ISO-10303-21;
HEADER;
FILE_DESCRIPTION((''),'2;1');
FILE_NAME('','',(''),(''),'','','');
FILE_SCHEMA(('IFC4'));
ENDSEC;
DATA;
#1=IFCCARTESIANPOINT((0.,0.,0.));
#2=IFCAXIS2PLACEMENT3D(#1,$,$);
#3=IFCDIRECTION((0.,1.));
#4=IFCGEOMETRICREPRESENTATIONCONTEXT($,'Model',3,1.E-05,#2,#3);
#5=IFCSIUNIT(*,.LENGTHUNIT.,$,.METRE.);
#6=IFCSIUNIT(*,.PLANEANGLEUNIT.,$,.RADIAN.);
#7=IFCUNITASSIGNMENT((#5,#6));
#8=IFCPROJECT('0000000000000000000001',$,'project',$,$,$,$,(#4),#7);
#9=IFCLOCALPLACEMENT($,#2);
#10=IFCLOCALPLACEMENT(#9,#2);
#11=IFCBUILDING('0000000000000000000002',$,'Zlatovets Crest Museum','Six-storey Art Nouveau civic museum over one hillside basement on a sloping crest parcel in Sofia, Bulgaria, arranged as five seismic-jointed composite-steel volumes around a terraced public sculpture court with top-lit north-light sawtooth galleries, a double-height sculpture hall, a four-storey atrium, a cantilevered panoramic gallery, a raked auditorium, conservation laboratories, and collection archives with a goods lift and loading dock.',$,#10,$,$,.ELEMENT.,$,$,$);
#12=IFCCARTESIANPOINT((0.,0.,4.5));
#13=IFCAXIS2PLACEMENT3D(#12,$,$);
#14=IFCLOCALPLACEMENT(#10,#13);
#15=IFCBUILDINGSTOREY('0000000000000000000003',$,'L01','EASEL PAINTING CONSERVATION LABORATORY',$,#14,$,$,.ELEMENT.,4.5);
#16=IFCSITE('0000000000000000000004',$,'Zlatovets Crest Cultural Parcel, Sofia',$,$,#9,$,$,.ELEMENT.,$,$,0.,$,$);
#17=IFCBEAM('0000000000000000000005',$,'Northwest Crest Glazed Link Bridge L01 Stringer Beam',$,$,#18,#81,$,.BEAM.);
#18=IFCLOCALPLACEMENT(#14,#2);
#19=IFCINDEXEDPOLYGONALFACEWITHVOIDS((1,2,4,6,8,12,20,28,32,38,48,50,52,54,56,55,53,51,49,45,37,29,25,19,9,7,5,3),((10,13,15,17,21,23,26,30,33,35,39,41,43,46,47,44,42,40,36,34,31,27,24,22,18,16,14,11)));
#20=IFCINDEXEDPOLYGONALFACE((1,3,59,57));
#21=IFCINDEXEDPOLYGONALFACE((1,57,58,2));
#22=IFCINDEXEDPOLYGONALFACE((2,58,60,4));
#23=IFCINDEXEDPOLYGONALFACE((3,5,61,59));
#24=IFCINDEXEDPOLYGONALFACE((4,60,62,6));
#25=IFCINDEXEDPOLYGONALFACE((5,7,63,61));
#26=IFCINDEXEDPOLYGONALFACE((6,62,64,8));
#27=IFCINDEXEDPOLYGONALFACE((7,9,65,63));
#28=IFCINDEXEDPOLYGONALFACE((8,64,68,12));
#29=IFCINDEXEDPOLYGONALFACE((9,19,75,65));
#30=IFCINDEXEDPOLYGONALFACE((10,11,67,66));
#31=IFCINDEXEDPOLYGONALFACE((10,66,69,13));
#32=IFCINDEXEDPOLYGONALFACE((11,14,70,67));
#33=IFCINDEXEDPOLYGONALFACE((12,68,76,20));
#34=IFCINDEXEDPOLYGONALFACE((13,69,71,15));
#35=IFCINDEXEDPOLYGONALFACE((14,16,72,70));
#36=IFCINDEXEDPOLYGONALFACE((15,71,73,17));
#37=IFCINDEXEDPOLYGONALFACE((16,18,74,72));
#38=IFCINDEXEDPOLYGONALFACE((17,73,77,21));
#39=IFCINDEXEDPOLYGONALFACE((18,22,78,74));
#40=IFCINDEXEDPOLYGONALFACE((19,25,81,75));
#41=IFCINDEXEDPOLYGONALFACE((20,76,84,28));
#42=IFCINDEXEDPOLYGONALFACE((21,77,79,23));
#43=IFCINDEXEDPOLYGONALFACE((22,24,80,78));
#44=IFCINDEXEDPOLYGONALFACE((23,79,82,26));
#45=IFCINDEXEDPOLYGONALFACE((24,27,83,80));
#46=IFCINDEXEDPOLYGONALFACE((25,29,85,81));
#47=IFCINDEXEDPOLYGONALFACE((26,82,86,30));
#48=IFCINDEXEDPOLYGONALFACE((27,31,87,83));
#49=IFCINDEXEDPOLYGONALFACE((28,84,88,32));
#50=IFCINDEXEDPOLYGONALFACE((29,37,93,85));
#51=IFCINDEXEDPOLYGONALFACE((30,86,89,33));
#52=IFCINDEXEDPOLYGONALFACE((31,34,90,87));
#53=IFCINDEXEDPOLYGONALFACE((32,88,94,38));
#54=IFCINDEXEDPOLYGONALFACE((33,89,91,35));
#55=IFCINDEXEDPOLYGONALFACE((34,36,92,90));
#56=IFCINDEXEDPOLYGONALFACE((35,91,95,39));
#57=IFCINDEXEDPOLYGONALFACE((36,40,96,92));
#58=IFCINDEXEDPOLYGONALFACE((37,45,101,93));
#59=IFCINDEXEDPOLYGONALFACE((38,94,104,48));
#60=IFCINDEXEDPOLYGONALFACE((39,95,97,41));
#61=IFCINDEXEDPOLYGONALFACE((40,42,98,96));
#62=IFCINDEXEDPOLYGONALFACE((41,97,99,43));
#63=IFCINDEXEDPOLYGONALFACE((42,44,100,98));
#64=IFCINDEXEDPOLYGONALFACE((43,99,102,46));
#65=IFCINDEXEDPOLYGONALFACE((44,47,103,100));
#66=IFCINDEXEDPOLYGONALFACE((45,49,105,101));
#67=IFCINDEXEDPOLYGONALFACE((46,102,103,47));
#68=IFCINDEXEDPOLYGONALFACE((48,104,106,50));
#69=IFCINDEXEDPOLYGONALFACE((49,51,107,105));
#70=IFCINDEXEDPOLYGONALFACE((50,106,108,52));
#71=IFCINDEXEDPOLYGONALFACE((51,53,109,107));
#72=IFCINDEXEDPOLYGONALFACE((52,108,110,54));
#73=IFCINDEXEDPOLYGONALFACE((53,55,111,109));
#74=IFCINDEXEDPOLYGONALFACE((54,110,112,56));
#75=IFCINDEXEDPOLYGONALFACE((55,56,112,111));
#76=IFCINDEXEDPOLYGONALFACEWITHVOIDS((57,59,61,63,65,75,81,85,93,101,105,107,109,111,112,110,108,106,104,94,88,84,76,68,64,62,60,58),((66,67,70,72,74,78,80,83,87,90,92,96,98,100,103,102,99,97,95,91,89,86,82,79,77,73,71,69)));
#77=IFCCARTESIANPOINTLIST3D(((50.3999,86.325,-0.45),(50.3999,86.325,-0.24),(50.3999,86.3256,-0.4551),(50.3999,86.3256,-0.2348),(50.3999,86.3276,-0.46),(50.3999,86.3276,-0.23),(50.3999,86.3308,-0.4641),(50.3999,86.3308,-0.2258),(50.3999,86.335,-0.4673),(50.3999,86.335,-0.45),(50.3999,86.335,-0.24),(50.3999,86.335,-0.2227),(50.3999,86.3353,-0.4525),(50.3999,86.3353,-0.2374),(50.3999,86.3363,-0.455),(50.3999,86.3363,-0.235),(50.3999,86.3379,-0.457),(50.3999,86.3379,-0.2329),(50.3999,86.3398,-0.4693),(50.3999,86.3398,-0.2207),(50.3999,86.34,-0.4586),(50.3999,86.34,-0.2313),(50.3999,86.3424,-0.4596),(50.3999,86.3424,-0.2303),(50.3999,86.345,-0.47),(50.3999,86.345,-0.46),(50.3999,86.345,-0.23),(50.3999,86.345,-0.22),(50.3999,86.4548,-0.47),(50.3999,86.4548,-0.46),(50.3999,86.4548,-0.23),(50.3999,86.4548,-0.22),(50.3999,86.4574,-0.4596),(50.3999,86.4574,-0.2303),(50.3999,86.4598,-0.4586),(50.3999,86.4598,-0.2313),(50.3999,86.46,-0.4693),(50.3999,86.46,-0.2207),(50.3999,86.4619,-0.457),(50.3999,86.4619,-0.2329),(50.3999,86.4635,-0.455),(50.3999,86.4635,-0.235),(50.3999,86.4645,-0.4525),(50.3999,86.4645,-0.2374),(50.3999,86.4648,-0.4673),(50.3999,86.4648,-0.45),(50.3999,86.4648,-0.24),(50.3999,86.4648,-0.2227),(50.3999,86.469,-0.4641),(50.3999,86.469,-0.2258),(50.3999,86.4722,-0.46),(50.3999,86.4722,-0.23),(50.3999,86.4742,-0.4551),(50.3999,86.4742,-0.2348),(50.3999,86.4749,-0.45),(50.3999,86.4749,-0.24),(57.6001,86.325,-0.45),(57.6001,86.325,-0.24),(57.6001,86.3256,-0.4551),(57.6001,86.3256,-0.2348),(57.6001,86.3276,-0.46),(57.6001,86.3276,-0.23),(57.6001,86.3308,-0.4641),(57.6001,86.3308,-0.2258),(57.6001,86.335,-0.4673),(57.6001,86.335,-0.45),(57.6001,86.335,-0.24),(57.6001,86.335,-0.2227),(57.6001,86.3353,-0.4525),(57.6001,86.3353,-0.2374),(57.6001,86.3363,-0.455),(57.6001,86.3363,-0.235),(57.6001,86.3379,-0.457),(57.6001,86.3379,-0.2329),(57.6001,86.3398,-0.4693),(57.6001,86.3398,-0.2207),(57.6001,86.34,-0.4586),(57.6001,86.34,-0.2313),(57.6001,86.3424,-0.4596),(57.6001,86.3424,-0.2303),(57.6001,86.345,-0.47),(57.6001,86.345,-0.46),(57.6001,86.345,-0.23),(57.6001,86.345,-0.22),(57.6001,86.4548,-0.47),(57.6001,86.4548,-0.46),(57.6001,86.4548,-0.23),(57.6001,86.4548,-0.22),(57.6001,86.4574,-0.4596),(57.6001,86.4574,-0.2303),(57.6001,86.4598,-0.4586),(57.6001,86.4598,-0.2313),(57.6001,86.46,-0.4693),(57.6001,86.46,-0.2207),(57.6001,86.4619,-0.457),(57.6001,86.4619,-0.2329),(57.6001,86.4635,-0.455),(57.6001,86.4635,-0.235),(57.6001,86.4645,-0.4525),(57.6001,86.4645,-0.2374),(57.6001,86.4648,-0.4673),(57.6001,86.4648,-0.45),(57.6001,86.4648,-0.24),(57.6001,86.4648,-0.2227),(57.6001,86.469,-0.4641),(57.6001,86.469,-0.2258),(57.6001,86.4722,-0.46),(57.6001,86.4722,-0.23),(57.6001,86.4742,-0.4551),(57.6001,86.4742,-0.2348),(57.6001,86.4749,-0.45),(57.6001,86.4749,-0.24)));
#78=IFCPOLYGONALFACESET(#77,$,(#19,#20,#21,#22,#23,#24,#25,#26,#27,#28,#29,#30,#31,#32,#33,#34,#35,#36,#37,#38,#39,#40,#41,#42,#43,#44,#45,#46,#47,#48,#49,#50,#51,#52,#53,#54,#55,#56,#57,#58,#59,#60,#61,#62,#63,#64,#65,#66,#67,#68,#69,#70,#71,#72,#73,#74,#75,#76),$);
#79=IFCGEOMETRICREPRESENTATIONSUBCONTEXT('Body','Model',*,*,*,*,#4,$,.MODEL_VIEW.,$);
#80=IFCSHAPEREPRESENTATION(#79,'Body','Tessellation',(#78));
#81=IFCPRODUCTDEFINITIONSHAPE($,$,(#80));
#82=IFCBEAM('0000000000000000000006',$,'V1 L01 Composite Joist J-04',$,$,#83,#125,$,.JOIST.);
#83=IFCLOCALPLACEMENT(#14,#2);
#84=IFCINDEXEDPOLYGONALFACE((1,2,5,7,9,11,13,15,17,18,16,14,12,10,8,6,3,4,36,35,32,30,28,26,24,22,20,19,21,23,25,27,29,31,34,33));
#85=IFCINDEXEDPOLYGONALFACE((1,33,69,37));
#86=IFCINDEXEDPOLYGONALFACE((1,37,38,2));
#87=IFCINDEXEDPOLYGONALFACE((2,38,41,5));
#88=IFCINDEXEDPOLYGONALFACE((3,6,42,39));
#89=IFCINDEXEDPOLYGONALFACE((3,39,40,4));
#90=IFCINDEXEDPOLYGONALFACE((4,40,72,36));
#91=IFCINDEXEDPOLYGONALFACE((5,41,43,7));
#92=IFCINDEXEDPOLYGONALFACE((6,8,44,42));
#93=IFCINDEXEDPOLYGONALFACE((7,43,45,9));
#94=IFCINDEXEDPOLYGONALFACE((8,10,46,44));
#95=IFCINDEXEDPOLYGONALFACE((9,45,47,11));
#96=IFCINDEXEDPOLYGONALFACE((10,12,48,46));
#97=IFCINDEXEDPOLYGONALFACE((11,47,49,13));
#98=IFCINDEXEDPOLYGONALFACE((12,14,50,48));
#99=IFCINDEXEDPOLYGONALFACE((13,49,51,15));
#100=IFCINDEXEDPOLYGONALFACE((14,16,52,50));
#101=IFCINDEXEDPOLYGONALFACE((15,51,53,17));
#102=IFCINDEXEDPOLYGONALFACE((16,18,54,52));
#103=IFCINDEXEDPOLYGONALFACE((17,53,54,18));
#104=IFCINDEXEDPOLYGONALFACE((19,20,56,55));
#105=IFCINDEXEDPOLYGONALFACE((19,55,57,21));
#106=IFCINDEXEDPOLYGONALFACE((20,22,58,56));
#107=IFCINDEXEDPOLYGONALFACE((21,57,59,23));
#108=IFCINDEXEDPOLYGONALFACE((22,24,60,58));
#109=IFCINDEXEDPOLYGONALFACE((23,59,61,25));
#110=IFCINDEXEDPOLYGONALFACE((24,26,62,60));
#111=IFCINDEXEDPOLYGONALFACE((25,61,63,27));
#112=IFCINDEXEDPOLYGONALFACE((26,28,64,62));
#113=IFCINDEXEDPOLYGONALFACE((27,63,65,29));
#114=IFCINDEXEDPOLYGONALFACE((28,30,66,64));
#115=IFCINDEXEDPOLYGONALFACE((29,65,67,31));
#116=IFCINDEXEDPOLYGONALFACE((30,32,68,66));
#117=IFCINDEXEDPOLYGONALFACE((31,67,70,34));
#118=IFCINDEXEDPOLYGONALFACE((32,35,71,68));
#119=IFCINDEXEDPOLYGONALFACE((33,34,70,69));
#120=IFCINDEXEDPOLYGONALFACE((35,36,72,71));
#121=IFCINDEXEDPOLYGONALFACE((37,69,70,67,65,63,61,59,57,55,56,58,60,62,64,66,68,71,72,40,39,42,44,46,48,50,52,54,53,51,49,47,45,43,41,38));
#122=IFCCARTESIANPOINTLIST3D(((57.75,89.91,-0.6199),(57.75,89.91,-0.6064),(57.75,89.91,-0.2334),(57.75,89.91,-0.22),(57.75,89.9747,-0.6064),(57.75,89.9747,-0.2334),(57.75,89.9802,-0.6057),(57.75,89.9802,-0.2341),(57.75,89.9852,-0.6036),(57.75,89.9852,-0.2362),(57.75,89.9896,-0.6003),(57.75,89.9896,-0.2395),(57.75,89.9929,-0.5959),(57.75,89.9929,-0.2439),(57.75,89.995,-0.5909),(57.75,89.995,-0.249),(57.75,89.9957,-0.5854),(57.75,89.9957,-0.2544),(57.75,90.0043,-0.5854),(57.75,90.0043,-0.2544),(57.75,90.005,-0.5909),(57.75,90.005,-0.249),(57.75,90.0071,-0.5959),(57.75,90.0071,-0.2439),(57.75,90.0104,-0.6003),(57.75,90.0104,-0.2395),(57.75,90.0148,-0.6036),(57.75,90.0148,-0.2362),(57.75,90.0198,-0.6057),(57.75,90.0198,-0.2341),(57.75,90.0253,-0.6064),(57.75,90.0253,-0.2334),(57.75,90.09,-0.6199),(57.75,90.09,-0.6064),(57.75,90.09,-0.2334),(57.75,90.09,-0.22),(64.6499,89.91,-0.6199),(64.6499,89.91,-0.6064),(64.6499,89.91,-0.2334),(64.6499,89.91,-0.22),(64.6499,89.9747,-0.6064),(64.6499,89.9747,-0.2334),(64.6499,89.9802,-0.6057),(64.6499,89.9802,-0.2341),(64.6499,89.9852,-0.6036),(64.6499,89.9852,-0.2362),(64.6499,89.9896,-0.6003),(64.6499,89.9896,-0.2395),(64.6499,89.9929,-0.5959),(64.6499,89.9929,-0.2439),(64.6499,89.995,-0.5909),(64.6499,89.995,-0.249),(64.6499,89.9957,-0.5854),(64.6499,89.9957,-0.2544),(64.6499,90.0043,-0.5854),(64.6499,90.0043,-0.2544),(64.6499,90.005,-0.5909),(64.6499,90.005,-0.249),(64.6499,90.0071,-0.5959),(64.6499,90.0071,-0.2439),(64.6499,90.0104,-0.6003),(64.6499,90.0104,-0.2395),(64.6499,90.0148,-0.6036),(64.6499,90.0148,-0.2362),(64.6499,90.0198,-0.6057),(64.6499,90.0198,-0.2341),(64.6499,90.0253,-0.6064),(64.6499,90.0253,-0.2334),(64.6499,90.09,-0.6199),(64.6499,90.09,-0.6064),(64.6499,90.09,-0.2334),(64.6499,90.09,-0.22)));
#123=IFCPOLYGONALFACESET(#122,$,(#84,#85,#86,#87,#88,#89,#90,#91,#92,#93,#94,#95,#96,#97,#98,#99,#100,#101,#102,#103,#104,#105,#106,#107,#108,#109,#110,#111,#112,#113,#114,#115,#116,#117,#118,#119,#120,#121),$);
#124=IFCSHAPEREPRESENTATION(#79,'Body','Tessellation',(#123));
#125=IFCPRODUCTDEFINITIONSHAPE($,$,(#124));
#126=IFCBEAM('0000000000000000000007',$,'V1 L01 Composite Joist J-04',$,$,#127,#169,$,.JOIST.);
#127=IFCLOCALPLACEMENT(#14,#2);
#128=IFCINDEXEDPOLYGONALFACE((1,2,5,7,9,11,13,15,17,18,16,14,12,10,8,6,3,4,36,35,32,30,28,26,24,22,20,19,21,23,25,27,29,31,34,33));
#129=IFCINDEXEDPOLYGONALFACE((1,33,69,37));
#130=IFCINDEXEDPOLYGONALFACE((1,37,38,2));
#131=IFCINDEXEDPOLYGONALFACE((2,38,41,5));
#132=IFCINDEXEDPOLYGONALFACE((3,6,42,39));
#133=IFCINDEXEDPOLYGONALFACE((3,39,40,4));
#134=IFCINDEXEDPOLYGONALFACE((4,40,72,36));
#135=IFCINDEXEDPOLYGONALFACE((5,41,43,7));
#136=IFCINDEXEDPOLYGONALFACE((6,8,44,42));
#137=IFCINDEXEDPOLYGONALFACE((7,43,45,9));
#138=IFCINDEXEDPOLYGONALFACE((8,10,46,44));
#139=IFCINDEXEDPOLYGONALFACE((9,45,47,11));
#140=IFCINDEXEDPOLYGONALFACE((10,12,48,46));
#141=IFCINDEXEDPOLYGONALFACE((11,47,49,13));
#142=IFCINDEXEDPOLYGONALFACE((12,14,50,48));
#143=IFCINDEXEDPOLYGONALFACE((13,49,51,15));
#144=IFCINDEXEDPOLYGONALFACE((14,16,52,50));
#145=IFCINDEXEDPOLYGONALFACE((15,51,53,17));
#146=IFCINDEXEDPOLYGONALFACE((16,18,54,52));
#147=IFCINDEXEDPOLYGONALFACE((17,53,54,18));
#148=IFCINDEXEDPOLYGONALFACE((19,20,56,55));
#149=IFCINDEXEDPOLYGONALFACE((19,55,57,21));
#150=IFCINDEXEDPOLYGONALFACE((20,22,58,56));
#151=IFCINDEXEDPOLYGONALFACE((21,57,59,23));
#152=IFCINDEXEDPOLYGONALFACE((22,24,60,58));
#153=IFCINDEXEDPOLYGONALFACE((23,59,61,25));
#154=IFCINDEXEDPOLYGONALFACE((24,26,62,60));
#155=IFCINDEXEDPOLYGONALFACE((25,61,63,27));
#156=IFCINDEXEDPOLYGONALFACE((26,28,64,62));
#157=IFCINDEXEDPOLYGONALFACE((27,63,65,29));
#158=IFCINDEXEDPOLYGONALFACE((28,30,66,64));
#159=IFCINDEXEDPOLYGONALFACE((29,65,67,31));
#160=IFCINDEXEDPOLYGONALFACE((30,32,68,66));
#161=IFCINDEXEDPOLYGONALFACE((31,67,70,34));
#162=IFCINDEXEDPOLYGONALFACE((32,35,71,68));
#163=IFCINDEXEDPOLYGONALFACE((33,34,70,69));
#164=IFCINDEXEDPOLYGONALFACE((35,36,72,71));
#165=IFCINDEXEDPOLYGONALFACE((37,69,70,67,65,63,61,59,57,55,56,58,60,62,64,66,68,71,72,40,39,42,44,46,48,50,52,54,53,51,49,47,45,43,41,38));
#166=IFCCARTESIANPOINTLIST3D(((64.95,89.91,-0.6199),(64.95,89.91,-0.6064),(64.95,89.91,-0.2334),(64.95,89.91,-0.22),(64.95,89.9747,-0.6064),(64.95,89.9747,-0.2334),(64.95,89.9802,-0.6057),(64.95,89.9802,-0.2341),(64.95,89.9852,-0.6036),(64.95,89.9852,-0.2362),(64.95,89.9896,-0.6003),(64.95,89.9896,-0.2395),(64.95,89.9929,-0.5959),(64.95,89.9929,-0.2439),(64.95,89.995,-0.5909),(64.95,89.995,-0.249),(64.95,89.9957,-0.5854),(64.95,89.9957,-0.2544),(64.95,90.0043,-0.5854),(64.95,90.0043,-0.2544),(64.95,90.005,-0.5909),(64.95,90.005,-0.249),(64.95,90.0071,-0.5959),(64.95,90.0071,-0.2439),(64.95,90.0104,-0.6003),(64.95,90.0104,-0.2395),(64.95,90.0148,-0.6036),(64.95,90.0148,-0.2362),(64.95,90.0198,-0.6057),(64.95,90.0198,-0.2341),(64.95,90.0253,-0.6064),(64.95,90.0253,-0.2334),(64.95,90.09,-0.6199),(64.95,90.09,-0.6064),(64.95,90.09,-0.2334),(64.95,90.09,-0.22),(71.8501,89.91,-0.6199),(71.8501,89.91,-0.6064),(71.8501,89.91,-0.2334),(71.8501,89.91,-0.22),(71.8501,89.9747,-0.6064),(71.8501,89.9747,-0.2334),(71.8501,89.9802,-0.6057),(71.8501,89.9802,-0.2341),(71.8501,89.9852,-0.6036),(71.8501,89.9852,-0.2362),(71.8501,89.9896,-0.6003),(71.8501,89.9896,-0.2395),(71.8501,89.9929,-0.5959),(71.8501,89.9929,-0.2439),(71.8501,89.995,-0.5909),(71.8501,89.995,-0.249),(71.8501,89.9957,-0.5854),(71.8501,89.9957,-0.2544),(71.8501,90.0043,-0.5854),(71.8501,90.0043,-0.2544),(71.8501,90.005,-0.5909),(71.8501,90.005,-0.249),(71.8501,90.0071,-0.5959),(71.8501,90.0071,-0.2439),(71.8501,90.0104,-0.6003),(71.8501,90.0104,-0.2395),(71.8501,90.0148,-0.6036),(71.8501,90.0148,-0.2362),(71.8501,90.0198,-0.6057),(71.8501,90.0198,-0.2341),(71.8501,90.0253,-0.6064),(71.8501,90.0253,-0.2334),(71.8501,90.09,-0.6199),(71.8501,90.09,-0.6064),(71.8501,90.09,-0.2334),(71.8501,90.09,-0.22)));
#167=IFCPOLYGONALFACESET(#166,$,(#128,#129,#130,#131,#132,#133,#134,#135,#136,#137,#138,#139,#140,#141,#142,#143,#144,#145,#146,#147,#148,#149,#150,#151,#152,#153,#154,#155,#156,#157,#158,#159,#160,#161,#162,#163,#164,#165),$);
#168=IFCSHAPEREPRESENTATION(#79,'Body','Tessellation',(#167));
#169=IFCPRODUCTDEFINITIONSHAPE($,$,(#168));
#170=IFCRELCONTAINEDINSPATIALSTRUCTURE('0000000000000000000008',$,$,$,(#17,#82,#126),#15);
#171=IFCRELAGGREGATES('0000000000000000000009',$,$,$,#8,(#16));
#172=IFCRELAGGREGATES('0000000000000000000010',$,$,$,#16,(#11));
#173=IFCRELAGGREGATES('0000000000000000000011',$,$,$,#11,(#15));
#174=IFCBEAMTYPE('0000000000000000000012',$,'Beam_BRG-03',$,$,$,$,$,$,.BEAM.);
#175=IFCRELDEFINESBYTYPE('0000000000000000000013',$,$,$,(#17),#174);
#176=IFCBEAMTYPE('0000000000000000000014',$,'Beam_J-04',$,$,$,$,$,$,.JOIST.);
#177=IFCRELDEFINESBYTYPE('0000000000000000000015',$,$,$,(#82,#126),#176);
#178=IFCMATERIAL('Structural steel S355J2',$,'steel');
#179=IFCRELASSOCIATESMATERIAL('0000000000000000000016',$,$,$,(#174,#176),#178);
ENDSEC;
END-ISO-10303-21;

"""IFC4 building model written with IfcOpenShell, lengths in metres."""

from ifc_helpers import new_model, si_unit, direction, frame, origin, origin_2d, place, context, subcontext, project, spatial, hollow_rectangle, i_section, extrude, material, material_profile, profile_set, type_object, element, save


model = new_model("IFC4")

# Units and contexts
model_context = context("Model", 3, precision=1e-05, world=origin(), true_north=direction((0.0, 1.0)))
body_context = subcontext(model_context, "Body", "Model", "MODEL_VIEW")
ifc_project = project(units=[si_unit("LENGTHUNIT", "METRE"), si_unit("PLANEANGLEUNIT", "RADIAN")], contexts=[model_context])

# Site, building, storey
site_placement = place(None, origin())
site = spatial("IfcSite", under=ifc_project, at=site_placement, Name="Zlatovets Crest Cultural Parcel, Sofia", CompositionType="ELEMENT", RefElevation=0.0)
building_placement = place(site_placement, origin())
building = spatial("IfcBuilding", under=site, at=building_placement, Name="Zlatovets Crest Museum", Description="Six-storey Art Nouveau civic museum over one hillside basement on a sloping crest parcel in Sofia, Bulgaria, arranged as five seismic-jointed composite-steel volumes around a terraced public sculpture court with top-lit north-light sawtooth galleries, a double-height sculpture hall, a four-storey atrium, a cantilevered panoramic gallery, a raked auditorium, conservation laboratories, and collection archives with a goods lift and loading dock.", CompositionType="ELEMENT")
storey_placement = place(building_placement, frame((0.0, 0.0, 4.5)))
storey = spatial("IfcBuildingStorey", under=building, at=storey_placement, Name="L01", Description="EASEL PAINTING CONSERVATION LABORATORY", CompositionType="ELEMENT", Elevation=4.5)

# Shared definitions
ifc_material_1 = material(Name="Structural steel S355J2", Category="steel")

# Beams
ifc_material_profile_1 = material_profile(ifc_material_1, hollow_rectangle(XDim=0.1499, YDim=0.25, WallThickness=0.01, InnerFilletRadius=0.01, OuterFilletRadius=0.02, at=origin_2d()), Name="RHS 150x250x10.0")
ifc_profile_set_1 = profile_set([ifc_material_profile_1], Name="Structural steel S355J2")
beam_type_1 = type_object("IfcBeamType", Name="Beam_BRG-03", PredefinedType="BEAM", material=ifc_profile_set_1)
beam_1_placement = place(storey_placement, frame((50.3999, 86.3999, -0.345), z_axis=(1.0, 0.0, 0.0), x_axis=(0.0, 1.0, 0.0)))
element("IfcBeam", 1, at=beam_1_placement, inside=storey, type_object=beam_type_1, Name="Northwest Crest Glazed Link Bridge L01 Stringer Beam", PredefinedType="BEAM", context=body_context, shape_type="SweptSolid", body=[
    extrude(hollow_rectangle(XDim=0.1499, YDim=0.25, WallThickness=0.01, InnerFilletRadius=0.01, OuterFilletRadius=0.02, at=origin_2d()), origin(), (0.0, 0.0, 1.0), 7.2002),
])
ifc_material_profile_2 = material_profile(ifc_material_1, i_section(OverallWidth=0.1799, OverallDepth=0.3999, WebThickness=0.0085, FlangeThickness=0.0134, FilletRadius=0.021, at=origin_2d()), Name="IPE 400")
ifc_profile_set_2 = profile_set([ifc_material_profile_2], Name="Structural steel S355J2")
beam_type_2 = type_object("IfcBeamType", Name="Beam_J-04", PredefinedType="JOIST", material=ifc_profile_set_2)
beam_2_placement = place(storey_placement, frame((57.75, 90.0, -0.4199), z_axis=(1.0, 0.0, 0.0), x_axis=(0.0, 1.0, 0.0)))
element("IfcBeam", 2, at=beam_2_placement, inside=storey, type_object=beam_type_2, Name="V1 L01 Composite Joist J-04", PredefinedType="JOIST", context=body_context, shape_type="SweptSolid", body=[
    extrude(i_section(OverallWidth=0.1799, OverallDepth=0.3999, WebThickness=0.0085, FlangeThickness=0.0134, FilletRadius=0.021, at=origin_2d()), origin(), (0.0, 0.0, 1.0), 6.8999),
])
beam_3_placement = place(storey_placement, frame((64.95, 90.0, -0.4199), z_axis=(1.0, 0.0, 0.0), x_axis=(0.0, 1.0, 0.0)))
element("IfcBeam", 3, at=beam_3_placement, inside=storey, type_object=beam_type_2, Name="V1 L01 Composite Joist J-04", PredefinedType="JOIST", context=body_context, shape_type="SweptSolid", body=[
    extrude(i_section(OverallWidth=0.1799, OverallDepth=0.3999, WebThickness=0.0085, FlangeThickness=0.0134, FilletRadius=0.021, at=origin_2d()), origin(), (0.0, 0.0, 1.0), 6.9001),
])

save(model, "model.ifc")
